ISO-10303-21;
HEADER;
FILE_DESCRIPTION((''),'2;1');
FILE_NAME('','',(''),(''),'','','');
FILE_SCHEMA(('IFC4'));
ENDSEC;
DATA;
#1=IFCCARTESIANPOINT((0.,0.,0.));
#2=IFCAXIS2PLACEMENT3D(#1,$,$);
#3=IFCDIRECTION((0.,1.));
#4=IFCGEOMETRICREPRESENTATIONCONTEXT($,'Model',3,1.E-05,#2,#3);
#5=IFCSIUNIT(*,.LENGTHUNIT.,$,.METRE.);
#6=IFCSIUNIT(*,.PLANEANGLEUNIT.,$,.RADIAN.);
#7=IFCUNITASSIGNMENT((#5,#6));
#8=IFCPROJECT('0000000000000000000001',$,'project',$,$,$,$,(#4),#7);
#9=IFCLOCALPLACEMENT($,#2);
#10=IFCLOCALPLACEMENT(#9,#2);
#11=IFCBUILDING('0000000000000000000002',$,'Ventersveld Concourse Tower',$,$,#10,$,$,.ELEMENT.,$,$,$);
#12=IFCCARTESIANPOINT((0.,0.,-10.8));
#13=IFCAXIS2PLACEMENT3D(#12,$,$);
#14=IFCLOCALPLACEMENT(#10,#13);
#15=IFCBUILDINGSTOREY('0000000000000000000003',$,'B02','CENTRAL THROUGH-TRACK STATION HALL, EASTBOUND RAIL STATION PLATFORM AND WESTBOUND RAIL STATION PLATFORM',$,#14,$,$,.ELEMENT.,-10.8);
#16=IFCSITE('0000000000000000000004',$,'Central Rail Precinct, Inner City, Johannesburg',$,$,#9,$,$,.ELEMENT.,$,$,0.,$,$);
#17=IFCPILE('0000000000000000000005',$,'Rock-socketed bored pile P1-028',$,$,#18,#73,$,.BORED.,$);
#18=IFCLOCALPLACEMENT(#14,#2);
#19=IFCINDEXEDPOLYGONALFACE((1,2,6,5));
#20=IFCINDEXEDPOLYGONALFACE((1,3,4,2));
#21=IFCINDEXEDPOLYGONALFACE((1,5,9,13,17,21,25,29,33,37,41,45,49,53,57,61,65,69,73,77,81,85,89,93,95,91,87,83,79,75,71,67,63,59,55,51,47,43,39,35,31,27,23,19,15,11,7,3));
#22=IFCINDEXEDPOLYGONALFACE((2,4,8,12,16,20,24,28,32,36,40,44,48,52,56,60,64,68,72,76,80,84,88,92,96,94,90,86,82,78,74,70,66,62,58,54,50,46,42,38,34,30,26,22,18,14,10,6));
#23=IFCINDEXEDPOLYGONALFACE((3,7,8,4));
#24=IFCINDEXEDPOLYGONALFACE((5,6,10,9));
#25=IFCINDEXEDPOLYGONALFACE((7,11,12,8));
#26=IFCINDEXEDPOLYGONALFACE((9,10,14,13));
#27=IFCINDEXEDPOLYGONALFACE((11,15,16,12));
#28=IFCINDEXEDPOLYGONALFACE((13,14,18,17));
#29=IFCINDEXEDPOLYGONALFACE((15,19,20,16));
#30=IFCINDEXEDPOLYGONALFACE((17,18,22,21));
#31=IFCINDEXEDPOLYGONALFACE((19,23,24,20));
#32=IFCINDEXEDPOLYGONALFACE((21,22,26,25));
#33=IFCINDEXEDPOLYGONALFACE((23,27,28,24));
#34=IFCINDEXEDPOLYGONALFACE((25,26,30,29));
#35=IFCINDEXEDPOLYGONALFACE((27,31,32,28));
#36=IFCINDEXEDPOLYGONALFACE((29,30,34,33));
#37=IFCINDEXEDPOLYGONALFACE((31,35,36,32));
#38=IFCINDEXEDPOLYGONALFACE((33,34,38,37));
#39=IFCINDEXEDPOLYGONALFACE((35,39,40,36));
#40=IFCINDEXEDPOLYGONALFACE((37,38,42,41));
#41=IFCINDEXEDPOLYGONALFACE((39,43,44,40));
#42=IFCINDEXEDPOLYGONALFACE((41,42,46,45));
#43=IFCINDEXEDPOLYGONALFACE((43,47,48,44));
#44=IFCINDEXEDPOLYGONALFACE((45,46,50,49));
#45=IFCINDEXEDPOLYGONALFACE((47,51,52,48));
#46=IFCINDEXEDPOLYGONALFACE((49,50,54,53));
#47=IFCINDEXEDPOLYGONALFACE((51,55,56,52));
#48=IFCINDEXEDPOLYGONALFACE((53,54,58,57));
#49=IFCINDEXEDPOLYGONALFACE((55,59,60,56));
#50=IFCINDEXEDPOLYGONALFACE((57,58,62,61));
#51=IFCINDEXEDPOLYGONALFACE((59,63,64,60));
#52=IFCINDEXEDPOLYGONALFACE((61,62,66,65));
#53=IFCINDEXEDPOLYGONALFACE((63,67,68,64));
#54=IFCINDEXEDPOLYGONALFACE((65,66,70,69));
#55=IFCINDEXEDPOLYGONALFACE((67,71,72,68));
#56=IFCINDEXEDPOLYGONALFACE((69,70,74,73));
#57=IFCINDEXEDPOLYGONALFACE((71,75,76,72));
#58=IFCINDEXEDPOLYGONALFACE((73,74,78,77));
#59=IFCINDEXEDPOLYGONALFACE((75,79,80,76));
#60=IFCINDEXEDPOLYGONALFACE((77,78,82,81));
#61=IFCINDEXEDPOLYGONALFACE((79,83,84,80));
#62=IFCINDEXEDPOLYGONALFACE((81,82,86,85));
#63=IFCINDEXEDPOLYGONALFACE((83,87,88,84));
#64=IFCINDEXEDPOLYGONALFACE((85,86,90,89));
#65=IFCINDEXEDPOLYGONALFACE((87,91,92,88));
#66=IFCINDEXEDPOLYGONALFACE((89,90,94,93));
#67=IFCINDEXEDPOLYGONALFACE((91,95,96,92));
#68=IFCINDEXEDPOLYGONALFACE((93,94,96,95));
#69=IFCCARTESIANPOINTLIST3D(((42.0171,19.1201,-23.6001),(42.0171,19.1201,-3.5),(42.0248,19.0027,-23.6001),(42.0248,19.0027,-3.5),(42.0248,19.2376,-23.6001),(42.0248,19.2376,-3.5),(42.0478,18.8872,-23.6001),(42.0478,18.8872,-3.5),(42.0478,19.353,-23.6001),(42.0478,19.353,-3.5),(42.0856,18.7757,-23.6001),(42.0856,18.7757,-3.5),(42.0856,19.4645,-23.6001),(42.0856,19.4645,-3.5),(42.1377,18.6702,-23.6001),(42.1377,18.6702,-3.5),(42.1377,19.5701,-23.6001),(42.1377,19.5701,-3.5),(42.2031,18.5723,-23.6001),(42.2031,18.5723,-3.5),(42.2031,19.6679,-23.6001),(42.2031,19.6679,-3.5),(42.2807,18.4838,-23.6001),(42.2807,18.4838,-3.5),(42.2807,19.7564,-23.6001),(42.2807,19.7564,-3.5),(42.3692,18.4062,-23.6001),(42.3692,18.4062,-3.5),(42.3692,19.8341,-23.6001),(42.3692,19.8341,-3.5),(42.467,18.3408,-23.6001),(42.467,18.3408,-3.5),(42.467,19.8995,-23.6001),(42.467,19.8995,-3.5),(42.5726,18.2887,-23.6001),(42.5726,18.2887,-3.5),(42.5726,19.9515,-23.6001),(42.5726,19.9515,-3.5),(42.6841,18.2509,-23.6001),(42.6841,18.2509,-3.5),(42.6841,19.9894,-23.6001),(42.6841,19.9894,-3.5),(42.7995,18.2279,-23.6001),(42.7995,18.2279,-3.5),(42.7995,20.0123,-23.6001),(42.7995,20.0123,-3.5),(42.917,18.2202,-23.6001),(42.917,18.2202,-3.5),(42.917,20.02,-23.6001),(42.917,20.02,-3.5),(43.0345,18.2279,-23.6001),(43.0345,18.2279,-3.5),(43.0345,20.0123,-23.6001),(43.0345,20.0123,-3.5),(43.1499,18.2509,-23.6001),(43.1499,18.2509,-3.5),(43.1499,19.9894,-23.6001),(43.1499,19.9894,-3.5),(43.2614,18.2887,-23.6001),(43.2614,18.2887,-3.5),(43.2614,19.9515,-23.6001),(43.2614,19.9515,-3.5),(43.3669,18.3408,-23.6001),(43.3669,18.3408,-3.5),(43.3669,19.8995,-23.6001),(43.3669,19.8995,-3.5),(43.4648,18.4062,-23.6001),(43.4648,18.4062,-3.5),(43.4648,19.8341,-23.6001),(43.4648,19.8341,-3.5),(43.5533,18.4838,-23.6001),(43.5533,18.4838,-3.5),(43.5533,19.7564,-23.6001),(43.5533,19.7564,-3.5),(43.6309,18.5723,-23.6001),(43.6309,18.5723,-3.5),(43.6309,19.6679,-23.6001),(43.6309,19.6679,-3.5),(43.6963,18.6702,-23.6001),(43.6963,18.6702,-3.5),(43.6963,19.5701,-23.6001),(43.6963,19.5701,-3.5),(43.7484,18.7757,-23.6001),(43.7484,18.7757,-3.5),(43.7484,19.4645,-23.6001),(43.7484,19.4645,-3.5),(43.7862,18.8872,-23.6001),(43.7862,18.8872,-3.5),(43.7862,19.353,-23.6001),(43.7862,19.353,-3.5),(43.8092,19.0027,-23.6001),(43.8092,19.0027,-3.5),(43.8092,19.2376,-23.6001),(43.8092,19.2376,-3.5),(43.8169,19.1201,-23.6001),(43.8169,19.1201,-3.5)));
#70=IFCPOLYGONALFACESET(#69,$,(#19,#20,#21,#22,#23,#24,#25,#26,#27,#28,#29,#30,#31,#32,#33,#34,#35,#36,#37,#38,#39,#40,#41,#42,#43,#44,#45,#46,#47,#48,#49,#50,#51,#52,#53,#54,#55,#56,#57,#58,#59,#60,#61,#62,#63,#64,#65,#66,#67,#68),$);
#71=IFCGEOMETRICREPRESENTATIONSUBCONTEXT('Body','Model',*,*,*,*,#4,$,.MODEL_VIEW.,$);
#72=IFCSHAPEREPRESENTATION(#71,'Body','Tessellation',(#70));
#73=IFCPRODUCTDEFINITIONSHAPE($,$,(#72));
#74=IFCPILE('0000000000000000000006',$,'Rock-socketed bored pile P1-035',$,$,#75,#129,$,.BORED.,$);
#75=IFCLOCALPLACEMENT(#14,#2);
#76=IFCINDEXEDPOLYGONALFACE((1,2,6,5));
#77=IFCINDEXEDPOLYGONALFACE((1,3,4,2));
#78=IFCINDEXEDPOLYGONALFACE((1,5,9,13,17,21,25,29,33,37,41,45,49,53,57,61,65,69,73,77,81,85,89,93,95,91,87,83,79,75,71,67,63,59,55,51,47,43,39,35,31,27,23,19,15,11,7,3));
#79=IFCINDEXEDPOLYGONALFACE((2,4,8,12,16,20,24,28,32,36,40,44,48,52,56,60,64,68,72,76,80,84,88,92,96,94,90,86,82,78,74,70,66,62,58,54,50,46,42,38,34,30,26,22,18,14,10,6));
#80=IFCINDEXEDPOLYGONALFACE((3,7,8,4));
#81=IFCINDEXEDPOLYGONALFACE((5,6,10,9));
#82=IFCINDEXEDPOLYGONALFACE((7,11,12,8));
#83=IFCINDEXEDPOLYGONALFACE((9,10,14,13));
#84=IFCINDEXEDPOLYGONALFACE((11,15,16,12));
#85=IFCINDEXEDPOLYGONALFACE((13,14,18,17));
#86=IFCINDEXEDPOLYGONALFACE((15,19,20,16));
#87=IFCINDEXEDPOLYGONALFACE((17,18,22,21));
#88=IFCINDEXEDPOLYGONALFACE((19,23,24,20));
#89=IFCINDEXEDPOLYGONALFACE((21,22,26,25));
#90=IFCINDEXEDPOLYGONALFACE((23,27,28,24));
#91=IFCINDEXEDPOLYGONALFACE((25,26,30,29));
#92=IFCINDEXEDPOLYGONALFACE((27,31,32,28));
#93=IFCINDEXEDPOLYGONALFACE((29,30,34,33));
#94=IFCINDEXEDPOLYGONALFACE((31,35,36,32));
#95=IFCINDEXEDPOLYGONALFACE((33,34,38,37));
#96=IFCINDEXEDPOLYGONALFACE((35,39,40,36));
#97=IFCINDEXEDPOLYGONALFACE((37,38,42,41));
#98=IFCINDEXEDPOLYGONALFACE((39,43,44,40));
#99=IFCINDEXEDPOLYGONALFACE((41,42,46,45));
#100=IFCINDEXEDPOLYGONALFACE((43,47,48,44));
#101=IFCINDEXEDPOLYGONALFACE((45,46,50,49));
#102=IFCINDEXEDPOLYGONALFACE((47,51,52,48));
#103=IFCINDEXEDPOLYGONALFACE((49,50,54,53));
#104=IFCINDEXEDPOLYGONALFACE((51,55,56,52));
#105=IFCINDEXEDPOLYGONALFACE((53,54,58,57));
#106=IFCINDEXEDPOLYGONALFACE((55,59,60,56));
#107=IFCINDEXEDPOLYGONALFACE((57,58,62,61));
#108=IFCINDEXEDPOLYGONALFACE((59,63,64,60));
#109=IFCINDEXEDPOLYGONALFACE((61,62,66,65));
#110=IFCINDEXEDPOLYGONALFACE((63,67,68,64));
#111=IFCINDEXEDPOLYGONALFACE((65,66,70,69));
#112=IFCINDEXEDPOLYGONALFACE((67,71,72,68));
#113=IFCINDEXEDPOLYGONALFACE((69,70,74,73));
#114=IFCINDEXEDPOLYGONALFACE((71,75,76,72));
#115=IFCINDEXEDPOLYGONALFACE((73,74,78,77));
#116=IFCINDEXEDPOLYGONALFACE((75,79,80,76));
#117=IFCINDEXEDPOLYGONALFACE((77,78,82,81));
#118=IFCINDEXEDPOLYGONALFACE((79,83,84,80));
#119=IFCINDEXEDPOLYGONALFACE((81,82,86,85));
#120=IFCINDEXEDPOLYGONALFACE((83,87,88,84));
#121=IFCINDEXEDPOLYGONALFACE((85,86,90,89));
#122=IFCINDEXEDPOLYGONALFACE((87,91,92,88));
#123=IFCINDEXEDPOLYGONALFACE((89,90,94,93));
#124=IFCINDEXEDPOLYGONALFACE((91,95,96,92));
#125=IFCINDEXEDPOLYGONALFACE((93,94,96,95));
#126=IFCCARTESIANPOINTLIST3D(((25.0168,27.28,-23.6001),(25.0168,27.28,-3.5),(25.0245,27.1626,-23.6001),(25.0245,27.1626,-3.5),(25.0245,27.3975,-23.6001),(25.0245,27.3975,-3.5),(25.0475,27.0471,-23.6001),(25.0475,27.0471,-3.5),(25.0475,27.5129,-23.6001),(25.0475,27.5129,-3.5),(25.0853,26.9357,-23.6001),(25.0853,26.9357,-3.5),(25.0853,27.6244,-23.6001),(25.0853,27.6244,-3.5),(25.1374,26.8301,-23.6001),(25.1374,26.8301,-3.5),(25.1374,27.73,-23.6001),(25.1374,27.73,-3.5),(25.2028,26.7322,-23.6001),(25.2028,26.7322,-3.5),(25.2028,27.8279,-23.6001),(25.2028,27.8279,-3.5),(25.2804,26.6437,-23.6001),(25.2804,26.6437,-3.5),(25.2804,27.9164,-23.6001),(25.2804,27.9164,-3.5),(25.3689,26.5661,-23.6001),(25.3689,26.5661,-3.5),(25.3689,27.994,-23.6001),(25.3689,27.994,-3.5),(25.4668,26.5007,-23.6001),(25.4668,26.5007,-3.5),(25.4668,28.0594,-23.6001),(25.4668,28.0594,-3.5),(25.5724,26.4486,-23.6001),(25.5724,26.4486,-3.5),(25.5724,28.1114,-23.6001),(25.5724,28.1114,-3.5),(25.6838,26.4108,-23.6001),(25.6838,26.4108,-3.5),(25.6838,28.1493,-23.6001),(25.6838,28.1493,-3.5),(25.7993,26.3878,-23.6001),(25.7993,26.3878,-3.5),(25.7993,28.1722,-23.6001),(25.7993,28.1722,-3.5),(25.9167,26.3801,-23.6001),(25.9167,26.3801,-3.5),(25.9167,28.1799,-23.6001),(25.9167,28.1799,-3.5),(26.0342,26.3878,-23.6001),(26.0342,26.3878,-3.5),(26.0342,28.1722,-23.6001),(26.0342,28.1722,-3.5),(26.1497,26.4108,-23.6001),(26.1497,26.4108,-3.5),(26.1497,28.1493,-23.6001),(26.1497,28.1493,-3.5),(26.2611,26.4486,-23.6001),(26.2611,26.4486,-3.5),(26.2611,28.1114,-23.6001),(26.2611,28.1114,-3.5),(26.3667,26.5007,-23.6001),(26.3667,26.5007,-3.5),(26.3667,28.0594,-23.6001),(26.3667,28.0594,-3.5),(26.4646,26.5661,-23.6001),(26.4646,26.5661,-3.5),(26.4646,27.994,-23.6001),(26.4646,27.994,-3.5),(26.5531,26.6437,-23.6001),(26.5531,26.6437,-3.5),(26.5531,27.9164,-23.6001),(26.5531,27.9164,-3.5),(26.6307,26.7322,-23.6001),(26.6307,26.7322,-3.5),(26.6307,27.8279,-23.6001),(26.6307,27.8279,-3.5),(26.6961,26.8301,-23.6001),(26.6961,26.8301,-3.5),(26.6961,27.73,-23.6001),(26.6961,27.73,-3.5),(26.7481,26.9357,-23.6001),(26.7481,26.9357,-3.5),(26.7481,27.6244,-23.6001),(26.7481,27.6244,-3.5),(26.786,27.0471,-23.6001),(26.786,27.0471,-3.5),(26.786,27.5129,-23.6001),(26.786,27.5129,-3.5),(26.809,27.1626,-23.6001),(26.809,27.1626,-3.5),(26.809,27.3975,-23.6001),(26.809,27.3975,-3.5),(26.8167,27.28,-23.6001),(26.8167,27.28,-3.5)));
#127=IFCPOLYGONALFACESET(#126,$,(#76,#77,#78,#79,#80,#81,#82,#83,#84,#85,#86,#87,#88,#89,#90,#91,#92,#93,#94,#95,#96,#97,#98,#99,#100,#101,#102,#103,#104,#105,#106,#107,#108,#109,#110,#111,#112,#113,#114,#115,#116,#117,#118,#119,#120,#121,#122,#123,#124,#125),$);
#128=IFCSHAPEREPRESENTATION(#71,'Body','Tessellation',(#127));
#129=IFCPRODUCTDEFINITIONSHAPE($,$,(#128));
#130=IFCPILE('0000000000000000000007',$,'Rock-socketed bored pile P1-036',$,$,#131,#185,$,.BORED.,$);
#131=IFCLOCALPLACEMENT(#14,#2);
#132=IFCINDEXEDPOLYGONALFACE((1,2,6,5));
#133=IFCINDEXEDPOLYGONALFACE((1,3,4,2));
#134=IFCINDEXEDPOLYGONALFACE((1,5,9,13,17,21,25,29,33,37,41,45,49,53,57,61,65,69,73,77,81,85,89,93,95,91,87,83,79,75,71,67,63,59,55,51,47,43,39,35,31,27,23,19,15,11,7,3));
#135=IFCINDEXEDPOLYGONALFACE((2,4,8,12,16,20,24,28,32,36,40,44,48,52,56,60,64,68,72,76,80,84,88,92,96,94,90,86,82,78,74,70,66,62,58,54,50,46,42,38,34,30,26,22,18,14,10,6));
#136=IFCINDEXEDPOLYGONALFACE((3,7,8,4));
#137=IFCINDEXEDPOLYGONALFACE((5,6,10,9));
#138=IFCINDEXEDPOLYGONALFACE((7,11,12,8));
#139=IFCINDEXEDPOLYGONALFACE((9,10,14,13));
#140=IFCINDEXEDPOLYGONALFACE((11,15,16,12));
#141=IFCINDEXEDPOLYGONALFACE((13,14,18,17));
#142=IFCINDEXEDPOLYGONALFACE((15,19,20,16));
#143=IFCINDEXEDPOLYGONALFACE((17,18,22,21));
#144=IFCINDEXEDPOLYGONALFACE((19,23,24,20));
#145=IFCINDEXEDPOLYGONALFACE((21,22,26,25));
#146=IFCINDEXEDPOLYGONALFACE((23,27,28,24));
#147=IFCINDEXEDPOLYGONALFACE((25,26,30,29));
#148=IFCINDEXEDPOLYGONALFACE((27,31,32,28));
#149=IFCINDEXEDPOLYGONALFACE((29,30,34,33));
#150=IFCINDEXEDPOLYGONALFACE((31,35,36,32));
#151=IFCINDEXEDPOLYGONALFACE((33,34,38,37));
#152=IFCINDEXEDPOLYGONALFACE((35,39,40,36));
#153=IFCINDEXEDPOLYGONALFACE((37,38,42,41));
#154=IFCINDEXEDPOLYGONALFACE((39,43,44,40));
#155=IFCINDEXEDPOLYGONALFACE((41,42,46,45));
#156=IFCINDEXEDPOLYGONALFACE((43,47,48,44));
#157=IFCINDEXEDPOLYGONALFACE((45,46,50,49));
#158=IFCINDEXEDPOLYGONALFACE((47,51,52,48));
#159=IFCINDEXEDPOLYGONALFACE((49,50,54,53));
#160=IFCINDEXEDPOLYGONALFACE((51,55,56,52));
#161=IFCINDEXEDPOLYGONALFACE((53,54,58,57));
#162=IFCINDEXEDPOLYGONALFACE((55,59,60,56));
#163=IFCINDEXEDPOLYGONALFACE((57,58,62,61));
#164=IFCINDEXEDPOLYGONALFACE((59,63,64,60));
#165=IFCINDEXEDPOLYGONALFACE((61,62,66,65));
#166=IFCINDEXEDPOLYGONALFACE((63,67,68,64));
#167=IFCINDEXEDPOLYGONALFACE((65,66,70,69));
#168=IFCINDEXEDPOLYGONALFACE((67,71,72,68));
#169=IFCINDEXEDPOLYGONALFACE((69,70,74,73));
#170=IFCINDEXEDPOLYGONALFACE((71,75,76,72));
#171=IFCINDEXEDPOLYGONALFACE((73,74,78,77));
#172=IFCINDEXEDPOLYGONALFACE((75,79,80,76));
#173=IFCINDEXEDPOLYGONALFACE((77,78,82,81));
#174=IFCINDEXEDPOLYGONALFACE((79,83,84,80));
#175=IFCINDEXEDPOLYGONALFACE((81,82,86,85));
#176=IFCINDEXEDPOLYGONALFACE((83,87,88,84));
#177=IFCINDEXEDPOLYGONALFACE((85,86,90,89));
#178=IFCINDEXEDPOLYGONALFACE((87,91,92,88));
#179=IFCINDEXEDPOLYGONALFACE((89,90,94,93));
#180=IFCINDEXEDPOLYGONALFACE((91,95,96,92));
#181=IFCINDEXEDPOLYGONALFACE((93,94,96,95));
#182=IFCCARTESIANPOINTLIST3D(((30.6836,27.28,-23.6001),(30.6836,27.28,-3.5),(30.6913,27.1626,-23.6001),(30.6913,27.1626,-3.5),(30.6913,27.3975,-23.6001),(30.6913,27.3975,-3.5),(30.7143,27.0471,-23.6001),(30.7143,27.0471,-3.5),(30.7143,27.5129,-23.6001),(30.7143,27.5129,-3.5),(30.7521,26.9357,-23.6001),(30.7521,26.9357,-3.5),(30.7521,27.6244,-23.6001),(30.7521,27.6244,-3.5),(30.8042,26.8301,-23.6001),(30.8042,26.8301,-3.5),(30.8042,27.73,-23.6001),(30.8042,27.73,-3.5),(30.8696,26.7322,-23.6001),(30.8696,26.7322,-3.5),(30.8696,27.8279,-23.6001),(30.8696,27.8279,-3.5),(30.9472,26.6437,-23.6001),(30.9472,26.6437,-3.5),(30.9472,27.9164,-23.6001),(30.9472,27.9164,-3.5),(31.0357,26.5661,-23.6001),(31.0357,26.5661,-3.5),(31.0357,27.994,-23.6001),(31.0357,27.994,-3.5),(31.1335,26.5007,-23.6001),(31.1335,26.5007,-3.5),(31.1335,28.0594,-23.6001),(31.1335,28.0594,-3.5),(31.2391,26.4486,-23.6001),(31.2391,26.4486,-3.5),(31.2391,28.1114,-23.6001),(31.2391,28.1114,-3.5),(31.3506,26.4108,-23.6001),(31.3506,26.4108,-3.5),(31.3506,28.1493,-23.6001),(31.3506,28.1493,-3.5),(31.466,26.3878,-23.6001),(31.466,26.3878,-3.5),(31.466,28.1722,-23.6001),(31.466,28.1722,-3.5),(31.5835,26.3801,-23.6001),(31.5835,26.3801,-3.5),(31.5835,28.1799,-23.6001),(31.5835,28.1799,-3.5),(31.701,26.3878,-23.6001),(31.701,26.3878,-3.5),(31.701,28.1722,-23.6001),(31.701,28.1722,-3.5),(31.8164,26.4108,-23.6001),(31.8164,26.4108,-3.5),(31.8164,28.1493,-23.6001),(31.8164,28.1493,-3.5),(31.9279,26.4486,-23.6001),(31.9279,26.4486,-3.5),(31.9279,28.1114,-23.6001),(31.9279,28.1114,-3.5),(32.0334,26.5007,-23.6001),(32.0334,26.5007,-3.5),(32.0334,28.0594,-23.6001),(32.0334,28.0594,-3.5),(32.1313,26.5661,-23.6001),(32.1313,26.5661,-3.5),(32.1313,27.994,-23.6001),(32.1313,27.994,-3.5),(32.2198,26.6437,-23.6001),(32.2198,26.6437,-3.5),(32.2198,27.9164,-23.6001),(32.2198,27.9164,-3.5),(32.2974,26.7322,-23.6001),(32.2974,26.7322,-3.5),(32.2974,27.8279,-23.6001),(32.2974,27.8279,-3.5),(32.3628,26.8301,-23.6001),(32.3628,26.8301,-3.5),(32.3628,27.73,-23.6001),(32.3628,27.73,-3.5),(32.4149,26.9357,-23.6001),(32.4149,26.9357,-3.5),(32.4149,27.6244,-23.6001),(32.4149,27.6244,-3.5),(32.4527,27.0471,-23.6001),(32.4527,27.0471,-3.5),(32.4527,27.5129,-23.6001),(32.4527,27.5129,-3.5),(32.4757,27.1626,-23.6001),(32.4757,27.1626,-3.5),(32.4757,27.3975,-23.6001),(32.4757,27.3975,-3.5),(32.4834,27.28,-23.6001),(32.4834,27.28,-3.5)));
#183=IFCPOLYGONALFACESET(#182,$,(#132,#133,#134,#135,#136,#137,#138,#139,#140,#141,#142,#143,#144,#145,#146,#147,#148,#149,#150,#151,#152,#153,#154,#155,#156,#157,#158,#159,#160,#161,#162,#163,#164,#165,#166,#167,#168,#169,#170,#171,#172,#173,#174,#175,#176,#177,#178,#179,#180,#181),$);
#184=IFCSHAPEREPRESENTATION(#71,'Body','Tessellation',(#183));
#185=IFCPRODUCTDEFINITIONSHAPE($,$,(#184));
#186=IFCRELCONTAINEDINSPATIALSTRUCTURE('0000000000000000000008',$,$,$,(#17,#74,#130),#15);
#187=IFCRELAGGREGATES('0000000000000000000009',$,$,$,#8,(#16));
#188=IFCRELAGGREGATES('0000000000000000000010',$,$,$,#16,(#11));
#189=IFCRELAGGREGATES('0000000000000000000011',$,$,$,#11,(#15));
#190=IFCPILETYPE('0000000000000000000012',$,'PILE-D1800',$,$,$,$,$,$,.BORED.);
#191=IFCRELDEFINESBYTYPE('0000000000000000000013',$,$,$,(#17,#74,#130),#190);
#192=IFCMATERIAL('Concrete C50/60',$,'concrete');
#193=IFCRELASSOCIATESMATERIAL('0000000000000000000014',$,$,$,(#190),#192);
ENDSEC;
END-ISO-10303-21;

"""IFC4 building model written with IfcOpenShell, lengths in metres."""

from ifc_helpers import new_model, si_unit, direction, frame, origin, origin_2d, place, context, subcontext, project, spatial, circle, extrude, material, material_profile, profile_set, type_object, element, save


model = new_model("IFC4")

# Units and contexts
model_context = context("Model", 3, precision=1e-05, world=origin(), true_north=direction((0.0, 1.0)))
body_context = subcontext(model_context, "Body", "Model", "MODEL_VIEW")
ifc_project = project(units=[si_unit("LENGTHUNIT", "METRE"), si_unit("PLANEANGLEUNIT", "RADIAN")], contexts=[model_context])

# Site, building, storey
site_placement = place(None, origin())
site = spatial("IfcSite", under=ifc_project, at=site_placement, Name="Central Rail Precinct, Inner City, Johannesburg", CompositionType="ELEMENT", RefElevation=0.0)
building_placement = place(site_placement, origin())
building = spatial("IfcBuilding", under=site, at=building_placement, Name="Ventersveld Concourse Tower", CompositionType="ELEMENT")
storey_placement = place(building_placement, frame((0.0, 0.0, -10.8)))
storey = spatial("IfcBuildingStorey", under=building, at=storey_placement, Name="B02", Description="CENTRAL THROUGH-TRACK STATION HALL, EASTBOUND RAIL STATION PLATFORM AND WESTBOUND RAIL STATION PLATFORM", CompositionType="ELEMENT", Elevation=-10.8)

# Piles
ifc_material_1 = material(Name="Concrete C50/60", Category="concrete")
ifc_material_profile_1 = material_profile(ifc_material_1, circle(Radius=0.8999, at=origin_2d()), Name="PILE D1800")
ifc_profile_set_1 = profile_set([ifc_material_profile_1], Name="Concrete C50/60")
pile_type = type_object("IfcPileType", Name="PILE-D1800", PredefinedType="BORED", material=ifc_profile_set_1)
for number, where, z_axis, x_axis, name in (
    (1, (42.917, 19.1201, -3.5), (0.0, 0.0, -1.0), (1.0, 0.0, 0.0), "Rock-socketed bored pile P1-028"),
    (2, (25.9167, 27.28, -3.5), (0.0, 0.0, -1.0), (1.0, 0.0, 0.0), "Rock-socketed bored pile P1-035"),
    (3, (31.5835, 27.28, -3.5), (0.0, 0.0, -1.0), (1.0, 0.0, 0.0), "Rock-socketed bored pile P1-036"),
):
    element("IfcPile", number, at=place(storey_placement, frame(where, z_axis=z_axis, x_axis=x_axis)), inside=storey, type_object=pile_type, Name=name, PredefinedType="BORED", context=body_context, shape_type="SweptSolid", body=[
        extrude(circle(Radius=0.8999, at=origin_2d()), origin(), (0.0, 0.0, 1.0), 20.1001),
    ])

save(model, "model.ifc")
